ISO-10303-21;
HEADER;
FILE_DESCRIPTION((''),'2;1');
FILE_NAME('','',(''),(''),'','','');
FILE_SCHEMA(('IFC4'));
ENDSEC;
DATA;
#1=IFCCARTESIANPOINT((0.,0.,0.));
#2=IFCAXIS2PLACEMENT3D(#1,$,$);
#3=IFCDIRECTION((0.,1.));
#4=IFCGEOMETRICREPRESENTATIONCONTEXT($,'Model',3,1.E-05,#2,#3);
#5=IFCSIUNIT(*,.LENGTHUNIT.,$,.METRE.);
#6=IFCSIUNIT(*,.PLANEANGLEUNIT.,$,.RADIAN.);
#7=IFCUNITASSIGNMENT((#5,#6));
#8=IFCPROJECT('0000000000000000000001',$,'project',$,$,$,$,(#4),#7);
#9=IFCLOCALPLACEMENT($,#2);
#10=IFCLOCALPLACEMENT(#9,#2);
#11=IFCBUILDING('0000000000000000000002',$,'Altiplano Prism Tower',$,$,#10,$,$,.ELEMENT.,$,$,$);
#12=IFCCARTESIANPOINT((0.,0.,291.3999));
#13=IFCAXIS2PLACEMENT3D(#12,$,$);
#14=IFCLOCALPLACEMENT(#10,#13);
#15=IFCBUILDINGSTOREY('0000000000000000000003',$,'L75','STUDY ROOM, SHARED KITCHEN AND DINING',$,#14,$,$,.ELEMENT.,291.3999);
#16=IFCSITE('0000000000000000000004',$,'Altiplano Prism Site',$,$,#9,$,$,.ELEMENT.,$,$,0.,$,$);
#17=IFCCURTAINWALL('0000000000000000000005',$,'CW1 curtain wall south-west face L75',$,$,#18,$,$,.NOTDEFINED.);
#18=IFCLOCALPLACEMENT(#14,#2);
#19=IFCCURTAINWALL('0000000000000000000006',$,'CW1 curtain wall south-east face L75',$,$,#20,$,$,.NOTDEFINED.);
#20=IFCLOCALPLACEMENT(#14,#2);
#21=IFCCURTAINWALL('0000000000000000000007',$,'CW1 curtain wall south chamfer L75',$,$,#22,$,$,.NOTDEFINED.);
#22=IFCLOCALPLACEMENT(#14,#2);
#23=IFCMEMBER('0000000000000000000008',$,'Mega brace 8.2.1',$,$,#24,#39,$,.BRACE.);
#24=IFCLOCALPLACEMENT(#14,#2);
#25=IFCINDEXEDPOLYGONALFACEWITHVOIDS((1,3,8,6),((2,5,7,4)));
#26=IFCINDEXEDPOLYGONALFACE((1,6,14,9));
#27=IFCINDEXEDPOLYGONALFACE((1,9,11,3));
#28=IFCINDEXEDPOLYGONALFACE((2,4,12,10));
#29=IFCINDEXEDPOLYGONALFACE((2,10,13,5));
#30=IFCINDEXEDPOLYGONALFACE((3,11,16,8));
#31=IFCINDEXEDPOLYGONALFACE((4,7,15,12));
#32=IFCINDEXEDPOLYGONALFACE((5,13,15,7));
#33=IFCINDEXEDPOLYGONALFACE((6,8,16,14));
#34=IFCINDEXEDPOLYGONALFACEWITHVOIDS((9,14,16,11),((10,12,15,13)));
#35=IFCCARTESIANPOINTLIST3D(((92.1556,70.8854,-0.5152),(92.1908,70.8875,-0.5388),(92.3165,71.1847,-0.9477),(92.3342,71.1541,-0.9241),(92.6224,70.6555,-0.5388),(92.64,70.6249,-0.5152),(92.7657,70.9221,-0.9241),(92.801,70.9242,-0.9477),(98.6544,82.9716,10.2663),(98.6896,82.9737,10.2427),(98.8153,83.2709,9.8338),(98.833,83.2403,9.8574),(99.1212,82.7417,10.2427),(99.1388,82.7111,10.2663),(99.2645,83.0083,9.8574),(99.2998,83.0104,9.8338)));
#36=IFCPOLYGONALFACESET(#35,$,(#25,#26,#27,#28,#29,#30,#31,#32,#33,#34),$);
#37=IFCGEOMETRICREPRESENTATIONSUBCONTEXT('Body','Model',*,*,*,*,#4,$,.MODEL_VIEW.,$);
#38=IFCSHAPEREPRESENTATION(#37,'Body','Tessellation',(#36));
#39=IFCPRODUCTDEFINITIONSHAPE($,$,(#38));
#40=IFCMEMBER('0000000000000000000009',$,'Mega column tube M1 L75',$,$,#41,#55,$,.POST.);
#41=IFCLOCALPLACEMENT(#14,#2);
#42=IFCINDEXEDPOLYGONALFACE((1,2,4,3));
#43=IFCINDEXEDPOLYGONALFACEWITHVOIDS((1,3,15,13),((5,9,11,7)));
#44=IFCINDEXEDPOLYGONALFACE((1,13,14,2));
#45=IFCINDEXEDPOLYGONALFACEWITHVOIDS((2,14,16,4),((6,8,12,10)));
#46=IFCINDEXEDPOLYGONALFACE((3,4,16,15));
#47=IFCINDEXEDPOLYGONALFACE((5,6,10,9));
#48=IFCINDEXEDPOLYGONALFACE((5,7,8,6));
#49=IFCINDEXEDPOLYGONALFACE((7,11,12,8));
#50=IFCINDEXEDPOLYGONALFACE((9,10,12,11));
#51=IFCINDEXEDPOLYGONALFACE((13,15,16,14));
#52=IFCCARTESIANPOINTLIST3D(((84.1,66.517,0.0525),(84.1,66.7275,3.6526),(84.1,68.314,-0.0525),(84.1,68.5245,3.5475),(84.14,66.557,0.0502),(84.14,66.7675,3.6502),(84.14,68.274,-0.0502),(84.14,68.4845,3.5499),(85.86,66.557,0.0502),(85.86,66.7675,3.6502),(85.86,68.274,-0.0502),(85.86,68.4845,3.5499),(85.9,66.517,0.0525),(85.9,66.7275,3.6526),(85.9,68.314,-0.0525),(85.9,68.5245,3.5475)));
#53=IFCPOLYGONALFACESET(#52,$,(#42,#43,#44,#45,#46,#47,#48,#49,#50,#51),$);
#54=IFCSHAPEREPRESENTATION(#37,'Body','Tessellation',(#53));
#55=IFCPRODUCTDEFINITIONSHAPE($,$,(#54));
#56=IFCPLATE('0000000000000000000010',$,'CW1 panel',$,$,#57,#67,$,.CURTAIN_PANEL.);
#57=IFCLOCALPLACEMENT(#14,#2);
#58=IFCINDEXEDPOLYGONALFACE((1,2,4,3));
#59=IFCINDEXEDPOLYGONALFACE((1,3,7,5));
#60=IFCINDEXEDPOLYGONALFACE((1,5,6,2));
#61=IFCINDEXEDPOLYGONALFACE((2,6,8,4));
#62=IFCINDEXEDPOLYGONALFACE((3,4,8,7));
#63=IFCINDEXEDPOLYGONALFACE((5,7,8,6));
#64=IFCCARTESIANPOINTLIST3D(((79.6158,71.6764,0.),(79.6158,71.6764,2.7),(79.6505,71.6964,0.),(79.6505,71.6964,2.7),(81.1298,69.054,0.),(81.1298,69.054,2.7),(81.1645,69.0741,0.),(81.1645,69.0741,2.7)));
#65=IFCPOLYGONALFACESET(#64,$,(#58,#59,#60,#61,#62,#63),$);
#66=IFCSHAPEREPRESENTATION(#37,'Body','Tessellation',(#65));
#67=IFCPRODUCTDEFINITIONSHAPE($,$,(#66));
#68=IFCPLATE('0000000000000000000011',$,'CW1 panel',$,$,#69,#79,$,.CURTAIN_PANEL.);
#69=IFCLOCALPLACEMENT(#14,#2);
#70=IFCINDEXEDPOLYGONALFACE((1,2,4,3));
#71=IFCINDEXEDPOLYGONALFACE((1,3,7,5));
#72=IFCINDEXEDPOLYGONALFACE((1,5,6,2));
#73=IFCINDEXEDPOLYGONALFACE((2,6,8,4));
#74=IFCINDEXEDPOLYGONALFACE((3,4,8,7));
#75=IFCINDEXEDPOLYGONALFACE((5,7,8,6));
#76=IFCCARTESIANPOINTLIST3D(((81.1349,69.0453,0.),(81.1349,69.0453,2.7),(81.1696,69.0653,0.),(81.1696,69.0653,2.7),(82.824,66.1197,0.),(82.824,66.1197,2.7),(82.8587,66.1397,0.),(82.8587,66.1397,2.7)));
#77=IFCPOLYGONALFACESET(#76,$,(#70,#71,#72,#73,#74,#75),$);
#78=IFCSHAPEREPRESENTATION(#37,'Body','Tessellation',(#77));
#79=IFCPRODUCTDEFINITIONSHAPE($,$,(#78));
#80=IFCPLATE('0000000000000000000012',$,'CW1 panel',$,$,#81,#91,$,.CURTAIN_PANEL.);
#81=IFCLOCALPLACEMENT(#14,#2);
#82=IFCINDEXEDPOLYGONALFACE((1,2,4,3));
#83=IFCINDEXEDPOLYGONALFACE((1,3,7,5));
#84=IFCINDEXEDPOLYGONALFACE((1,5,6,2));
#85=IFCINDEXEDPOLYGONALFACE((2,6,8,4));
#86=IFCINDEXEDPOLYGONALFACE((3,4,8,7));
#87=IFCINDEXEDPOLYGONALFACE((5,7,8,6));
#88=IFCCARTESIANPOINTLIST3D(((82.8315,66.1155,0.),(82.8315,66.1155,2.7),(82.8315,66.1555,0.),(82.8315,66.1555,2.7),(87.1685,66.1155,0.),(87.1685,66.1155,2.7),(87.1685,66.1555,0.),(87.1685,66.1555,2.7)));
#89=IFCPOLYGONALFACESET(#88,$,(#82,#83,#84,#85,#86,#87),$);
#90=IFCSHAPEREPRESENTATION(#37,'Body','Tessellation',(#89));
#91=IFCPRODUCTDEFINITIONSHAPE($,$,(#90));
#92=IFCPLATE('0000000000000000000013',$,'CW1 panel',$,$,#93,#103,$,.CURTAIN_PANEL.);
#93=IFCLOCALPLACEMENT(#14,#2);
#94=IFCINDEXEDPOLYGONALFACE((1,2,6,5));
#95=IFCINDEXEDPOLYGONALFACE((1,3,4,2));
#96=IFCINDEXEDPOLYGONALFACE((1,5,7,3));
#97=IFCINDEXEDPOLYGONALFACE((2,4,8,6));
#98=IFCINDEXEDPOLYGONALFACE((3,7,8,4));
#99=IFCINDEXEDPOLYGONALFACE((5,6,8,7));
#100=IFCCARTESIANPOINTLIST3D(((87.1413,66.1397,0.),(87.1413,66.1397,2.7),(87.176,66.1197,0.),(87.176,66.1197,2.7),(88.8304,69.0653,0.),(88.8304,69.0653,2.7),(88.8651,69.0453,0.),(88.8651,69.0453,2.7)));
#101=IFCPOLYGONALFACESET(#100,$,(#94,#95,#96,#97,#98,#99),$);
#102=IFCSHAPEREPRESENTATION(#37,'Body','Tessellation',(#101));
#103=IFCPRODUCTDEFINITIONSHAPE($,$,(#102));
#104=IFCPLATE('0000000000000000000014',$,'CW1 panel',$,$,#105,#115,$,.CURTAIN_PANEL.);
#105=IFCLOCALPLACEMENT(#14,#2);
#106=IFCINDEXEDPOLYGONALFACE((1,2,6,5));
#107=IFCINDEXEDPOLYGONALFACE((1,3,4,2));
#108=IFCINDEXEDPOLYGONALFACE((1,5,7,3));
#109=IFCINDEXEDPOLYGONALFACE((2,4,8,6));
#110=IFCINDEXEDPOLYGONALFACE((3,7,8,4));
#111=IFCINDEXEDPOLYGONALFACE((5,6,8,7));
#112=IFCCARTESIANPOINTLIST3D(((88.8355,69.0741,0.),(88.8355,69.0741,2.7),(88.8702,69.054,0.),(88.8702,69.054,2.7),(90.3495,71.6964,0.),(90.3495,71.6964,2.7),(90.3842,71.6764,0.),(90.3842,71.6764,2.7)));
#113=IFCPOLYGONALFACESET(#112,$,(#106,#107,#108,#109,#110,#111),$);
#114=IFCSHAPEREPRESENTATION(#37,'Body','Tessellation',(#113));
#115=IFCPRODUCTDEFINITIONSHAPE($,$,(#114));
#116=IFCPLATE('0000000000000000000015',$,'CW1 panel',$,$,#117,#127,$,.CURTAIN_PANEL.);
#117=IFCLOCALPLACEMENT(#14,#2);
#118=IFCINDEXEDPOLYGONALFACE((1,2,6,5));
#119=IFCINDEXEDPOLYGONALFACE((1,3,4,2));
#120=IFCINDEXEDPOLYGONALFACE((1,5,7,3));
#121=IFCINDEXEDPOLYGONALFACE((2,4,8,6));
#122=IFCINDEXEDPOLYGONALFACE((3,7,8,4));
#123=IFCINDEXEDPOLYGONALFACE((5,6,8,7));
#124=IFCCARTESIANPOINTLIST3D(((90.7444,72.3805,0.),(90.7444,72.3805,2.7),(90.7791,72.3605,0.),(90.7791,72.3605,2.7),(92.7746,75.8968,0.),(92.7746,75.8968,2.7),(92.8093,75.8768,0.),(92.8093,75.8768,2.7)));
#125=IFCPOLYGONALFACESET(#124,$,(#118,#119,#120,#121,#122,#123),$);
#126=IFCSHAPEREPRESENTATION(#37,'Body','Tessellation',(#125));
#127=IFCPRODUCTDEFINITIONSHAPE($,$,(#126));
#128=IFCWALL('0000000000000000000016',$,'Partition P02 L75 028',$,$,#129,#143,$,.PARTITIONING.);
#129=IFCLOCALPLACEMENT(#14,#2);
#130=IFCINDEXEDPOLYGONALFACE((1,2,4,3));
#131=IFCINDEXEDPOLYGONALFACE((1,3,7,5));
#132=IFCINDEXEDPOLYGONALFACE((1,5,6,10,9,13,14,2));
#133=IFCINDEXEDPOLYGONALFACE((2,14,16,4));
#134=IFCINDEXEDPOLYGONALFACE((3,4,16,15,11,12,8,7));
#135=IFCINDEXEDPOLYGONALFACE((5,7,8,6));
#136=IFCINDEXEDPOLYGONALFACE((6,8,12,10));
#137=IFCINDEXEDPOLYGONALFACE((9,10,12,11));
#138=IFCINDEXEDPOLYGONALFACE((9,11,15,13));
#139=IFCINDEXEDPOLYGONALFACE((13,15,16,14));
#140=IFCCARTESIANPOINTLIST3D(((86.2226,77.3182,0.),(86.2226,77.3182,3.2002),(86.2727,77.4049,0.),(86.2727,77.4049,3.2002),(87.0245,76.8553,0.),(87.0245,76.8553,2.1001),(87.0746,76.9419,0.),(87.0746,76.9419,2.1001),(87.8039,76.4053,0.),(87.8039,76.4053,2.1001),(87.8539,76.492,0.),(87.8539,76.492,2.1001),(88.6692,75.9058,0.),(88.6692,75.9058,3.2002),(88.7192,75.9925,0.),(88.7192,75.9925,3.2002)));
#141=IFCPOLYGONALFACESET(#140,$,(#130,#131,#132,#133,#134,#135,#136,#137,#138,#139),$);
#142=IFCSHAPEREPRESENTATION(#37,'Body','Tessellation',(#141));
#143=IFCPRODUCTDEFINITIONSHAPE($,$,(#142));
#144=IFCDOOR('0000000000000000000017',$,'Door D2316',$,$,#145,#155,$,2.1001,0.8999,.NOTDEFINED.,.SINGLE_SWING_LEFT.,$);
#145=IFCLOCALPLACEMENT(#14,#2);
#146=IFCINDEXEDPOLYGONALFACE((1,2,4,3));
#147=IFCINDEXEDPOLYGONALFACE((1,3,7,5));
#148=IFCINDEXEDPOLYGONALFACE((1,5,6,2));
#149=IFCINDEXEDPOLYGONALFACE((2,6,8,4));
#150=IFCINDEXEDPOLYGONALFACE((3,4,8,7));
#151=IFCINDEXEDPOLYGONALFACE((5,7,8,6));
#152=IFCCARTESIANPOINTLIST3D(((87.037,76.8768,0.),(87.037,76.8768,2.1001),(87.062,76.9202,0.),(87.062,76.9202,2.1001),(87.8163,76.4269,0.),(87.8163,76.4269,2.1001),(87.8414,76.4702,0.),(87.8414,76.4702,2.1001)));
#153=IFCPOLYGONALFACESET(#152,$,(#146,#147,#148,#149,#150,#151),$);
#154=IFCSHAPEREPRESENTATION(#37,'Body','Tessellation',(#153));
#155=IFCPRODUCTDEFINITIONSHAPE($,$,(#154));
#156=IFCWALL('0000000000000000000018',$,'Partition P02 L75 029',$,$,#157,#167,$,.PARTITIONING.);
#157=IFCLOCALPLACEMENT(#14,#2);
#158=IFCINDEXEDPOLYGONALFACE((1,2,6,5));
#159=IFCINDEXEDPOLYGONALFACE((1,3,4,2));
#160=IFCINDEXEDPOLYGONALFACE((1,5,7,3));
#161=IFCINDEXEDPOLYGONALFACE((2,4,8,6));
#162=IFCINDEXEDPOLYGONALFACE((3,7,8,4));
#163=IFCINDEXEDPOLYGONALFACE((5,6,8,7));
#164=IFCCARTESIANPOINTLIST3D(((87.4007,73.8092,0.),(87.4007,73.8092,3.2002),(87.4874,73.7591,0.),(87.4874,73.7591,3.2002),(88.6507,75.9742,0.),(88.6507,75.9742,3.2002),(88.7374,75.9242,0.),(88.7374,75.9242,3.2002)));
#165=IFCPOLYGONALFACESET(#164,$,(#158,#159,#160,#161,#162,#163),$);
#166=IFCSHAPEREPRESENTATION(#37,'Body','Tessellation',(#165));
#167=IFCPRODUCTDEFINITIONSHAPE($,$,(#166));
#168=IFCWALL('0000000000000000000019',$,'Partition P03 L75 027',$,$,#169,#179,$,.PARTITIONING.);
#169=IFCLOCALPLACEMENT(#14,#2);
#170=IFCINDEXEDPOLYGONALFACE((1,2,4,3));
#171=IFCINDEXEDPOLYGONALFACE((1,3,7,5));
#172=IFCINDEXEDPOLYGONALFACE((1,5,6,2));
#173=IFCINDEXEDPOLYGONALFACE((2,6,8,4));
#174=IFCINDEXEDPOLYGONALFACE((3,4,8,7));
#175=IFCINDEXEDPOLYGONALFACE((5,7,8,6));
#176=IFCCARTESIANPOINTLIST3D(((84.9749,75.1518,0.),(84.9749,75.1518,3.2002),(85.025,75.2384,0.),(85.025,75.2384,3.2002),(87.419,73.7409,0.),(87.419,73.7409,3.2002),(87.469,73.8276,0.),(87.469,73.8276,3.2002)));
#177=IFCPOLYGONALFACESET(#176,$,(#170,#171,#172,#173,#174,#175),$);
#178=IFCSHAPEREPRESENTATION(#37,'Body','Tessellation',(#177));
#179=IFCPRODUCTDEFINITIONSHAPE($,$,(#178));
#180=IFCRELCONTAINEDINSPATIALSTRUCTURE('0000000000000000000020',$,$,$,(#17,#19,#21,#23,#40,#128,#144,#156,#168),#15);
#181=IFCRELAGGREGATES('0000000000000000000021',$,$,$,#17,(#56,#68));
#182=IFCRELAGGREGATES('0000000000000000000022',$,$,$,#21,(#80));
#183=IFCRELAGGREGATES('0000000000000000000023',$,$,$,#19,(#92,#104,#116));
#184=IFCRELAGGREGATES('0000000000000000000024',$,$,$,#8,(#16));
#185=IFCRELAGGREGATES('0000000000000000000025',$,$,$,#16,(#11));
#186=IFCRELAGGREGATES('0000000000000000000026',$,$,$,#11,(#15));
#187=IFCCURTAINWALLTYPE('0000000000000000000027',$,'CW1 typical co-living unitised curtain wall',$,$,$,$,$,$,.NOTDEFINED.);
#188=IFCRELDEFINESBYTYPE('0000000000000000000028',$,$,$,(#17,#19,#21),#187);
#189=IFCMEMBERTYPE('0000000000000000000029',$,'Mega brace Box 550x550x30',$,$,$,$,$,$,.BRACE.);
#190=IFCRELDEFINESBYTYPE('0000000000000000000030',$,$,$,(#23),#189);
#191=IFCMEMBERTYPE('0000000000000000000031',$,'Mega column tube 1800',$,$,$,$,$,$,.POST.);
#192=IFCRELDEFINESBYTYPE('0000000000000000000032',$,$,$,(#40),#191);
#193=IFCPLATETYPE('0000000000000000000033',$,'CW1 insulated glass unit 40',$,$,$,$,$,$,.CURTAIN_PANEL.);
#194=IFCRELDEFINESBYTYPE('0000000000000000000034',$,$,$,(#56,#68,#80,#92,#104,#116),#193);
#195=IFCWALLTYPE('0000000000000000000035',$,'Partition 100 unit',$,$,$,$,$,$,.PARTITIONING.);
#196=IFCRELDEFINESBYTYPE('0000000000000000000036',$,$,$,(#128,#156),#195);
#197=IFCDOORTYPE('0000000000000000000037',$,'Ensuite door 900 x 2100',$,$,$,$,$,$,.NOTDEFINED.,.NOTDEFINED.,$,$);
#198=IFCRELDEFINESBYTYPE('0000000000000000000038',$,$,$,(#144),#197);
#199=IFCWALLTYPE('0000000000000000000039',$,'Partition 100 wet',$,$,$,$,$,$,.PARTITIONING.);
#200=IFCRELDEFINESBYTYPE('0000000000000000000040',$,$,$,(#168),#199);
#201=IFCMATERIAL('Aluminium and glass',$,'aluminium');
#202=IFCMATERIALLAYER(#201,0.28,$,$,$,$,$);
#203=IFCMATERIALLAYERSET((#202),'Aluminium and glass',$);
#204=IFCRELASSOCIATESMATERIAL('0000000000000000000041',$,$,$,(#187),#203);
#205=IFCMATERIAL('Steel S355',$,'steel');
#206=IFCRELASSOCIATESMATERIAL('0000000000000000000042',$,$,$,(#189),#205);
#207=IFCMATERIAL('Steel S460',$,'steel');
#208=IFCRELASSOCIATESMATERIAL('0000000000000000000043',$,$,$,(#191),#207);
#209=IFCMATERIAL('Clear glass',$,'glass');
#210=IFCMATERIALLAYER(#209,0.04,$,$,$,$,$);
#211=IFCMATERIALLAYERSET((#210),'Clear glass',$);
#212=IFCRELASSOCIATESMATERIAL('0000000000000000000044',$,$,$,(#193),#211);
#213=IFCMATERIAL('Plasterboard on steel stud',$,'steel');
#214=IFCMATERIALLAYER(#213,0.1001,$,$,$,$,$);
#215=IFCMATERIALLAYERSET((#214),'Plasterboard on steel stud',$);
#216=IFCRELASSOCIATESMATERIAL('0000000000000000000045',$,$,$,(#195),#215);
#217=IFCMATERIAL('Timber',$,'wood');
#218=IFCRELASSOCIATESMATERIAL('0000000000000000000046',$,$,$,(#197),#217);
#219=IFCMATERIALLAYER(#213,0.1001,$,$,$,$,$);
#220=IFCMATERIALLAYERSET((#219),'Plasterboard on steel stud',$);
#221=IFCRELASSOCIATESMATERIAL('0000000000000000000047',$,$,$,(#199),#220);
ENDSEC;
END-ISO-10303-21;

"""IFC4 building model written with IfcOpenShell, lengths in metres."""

from ifc_helpers import new_model, si_unit, direction, frame, frame_2d, origin, origin_2d, place, context, subcontext, project, spatial, rectangle, hollow_rectangle, extrude, material, layer, layer_set, material_profile, profile_set, type_object, element, fill, aggregate, save


model = new_model("IFC4")

# Units and contexts
model_context = context("Model", 3, precision=1e-05, world=origin(), true_north=direction((0.0, 1.0)))
body_context = subcontext(model_context, "Body", "Model", "MODEL_VIEW")
ifc_project = project(units=[si_unit("LENGTHUNIT", "METRE"), si_unit("PLANEANGLEUNIT", "RADIAN")], contexts=[model_context])

# Site, building, storey
site_placement = place(None, origin())
site = spatial("IfcSite", under=ifc_project, at=site_placement, Name="Altiplano Prism Site", CompositionType="ELEMENT", RefElevation=0.0)
building_placement = place(site_placement, origin())
building = spatial("IfcBuilding", under=site, at=building_placement, Name="Altiplano Prism Tower", CompositionType="ELEMENT")
storey_placement = place(building_placement, frame((0.0, 0.0, 291.3999)))
storey = spatial("IfcBuildingStorey", under=building, at=storey_placement, Name="L75", Description="STUDY ROOM, SHARED KITCHEN AND DINING", CompositionType="ELEMENT", Elevation=291.3999)

# Curtain wall
ifc_material_1 = material(Name="Aluminium and glass", Category="aluminium")
ifc_layer_1 = layer(ifc_material_1, 0.28)
ifc_layer_set_1 = layer_set([ifc_layer_1], Name="Aluminium and glass")
curtain_wall_type = type_object("IfcCurtainWallType", Name="CW1 typical co-living unitised curtain wall", PredefinedType="NOTDEFINED", material=ifc_layer_set_1)
curtain_wall_1_placement = place(storey_placement, origin())
curtain_wall_1 = element("IfcCurtainWall", 1, at=curtain_wall_1_placement, inside=storey, type_object=curtain_wall_type, Name="CW1 curtain wall south-west face L75", PredefinedType="NOTDEFINED")

# Curtain wall
curtain_wall_2_placement = place(storey_placement, origin())
curtain_wall_2 = element("IfcCurtainWall", 2, at=curtain_wall_2_placement, inside=storey, type_object=curtain_wall_type, Name="CW1 curtain wall south-east face L75", PredefinedType="NOTDEFINED")

# Curtain wall
curtain_wall_3_placement = place(storey_placement, origin())
curtain_wall_3 = element("IfcCurtainWall", 3, at=curtain_wall_3_placement, inside=storey, type_object=curtain_wall_type, Name="CW1 curtain wall south chamfer L75", PredefinedType="NOTDEFINED")

# Members
ifc_material_2 = material(Name="Steel S355", Category="steel")
ifc_material_profile_1 = material_profile(ifc_material_2, hollow_rectangle(XDim=0.55, YDim=0.55, WallThickness=0.03, at=origin_2d()), Name="Mega brace Box 550x550x30")
ifc_profile_set_1 = profile_set([ifc_material_profile_1], Name="Steel S355")
member_type_1 = type_object("IfcMemberType", Name="Mega brace Box 550x550x30", PredefinedType="BRACE", material=ifc_profile_set_1)
member_1_placement = place(storey_placement, frame((92.4783, 70.9048, -0.7314), z_axis=(0.372394, 0.692563, 0.617802), x_axis=(-0.88075, 0.473582, 0.0)))
element("IfcMember", 4, at=member_1_placement, inside=storey, type_object=member_type_1, Name="Mega brace 8.2.1", PredefinedType="BRACE", context=body_context, shape_type="SweptSolid", body=[
    extrude(hollow_rectangle(XDim=0.55, YDim=0.55, WallThickness=0.03, at=origin_2d()), origin(), (0.0, 0.0, 1.0), 17.4514),
])
ifc_material_3 = material(Name="Steel S460", Category="steel")
ifc_material_profile_2 = material_profile(ifc_material_3, hollow_rectangle(XDim=1.8, YDim=1.8, WallThickness=0.04, at=origin_2d()), Name="Mega column tube 1800")
ifc_profile_set_2 = profile_set([ifc_material_profile_2], Name="Steel S460")
member_type_2 = type_object("IfcMemberType", Name="Mega column tube 1800", PredefinedType="POST", material=ifc_profile_set_2)
member_2_placement = place(storey_placement, frame((85.0, 67.4155, 0.0), z_axis=(0.0, 0.058357, 0.998296), x_axis=(-1.0, 0.0, 0.0)))
element("IfcMember", 5, at=member_2_placement, inside=storey, type_object=member_type_2, Name="Mega column tube M1 L75", PredefinedType="POST", context=body_context, shape_type="SweptSolid", body=[
    extrude(hollow_rectangle(XDim=1.8, YDim=1.8, WallThickness=0.04, at=origin_2d()), origin(), (0.0, 0.0, 1.0), 3.6062),
])

# Plates
ifc_material_4 = material(Name="Clear glass", Category="glass")
ifc_layer_2 = layer(ifc_material_4, 0.04)
ifc_layer_set_2 = layer_set([ifc_layer_2], Name="Clear glass")
plate_type = type_object("IfcPlateType", Name="CW1 insulated glass unit 40", PredefinedType="CURTAIN_PANEL", material=ifc_layer_set_2)
plate_1_placement = place(storey_placement, frame((80.3901, 70.3752, 0.0), z_axis=(0.0, 0.0, 1.0), x_axis=(0.5, -0.866025, 0.0)))
plate_1 = element("IfcPlate", 6, at=plate_1_placement, type_object=plate_type, Name="CW1 panel", PredefinedType="CURTAIN_PANEL", context=body_context, shape_type="SweptSolid", body=[
    extrude(rectangle(XDim=3.0281, YDim=0.04, at=origin_2d()), origin(), (0.0, 0.0, 1.0), 2.7),
])
plate_2_placement = place(storey_placement, frame((81.9968, 67.5925, 0.0), z_axis=(0.0, 0.0, 1.0), x_axis=(0.5, -0.866025, 0.0)))
plate_2 = element("IfcPlate", 7, at=plate_2_placement, type_object=plate_type, Name="CW1 panel", PredefinedType="CURTAIN_PANEL", context=body_context, shape_type="SweptSolid", body=[
    extrude(rectangle(XDim=3.3782, YDim=0.04, at=origin_2d()), origin(), (0.0, 0.0, 1.0), 2.7),
])
aggregate(curtain_wall_1, [plate_1, plate_2])
plate_3_placement = place(storey_placement, frame((85.0, 66.1355, 0.0), z_axis=(0.0, 0.0, 1.0), x_axis=(1.0, 0.0, 0.0)))
plate_3 = element("IfcPlate", 8, at=plate_3_placement, type_object=plate_type, Name="CW1 panel", PredefinedType="CURTAIN_PANEL", context=body_context, shape_type="SweptSolid", body=[
    extrude(rectangle(XDim=4.3369, YDim=0.04, at=origin_2d()), origin(), (0.0, 0.0, 1.0), 2.7),
])
aggregate(curtain_wall_3, [plate_3])
plate_4_placement = place(storey_placement, frame((88.0032, 67.5925, 0.0), z_axis=(0.0, 0.0, 1.0), x_axis=(0.5, 0.866025, 0.0)))
plate_4 = element("IfcPlate", 9, at=plate_4_placement, type_object=plate_type, Name="CW1 panel", PredefinedType="CURTAIN_PANEL", context=body_context, shape_type="SweptSolid", body=[
    extrude(rectangle(XDim=3.3782, YDim=0.04, at=origin_2d()), origin(), (0.0, 0.0, 1.0), 2.7),
])
plate_5_placement = place(storey_placement, frame((89.6099, 70.3752, 0.0), z_axis=(0.0, 0.0, 1.0), x_axis=(0.5, 0.866025, 0.0)))
plate_5 = element("IfcPlate", 10, at=plate_5_placement, type_object=plate_type, Name="CW1 panel", PredefinedType="CURTAIN_PANEL", context=body_context, shape_type="SweptSolid", body=[
    extrude(rectangle(XDim=3.0281, YDim=0.04, at=origin_2d()), origin(), (0.0, 0.0, 1.0), 2.7),
])
plate_6_placement = place(storey_placement, frame((91.7769, 74.1287, 0.0), z_axis=(0.0, 0.0, 1.0), x_axis=(0.5, 0.866025, 0.0)))
plate_6 = element("IfcPlate", 11, at=plate_6_placement, type_object=plate_type, Name="CW1 panel", PredefinedType="CURTAIN_PANEL", context=body_context, shape_type="SweptSolid", body=[
    extrude(rectangle(XDim=4.0603, YDim=0.04, at=origin_2d()), origin(), (0.0, 0.0, 1.0), 2.7),
])
aggregate(curtain_wall_2, [plate_4, plate_5, plate_6])

# Wall, opening, door
ifc_material_5 = material(Name="Plasterboard on steel stud", Category="steel")
ifc_layer_3 = layer(ifc_material_5, 0.1001)
ifc_layer_set_3 = layer_set([ifc_layer_3], Name="Plasterboard on steel stud")
wall_type_1 = type_object("IfcWallType", Name="Partition 100 unit", PredefinedType="PARTITIONING", material=ifc_layer_set_3)
wall_1_placement = place(storey_placement, frame((86.2476, 77.3616, 0.0), z_axis=(0.0, 0.0, 1.0), x_axis=(0.866049, -0.499959, 0.0)))
wall_1 = element("IfcWall", 12, at=wall_1_placement, inside=storey, type_object=wall_type_1, Name="Partition P02 L75 028", PredefinedType="PARTITIONING", context=body_context, shape_type="SweptSolid", body=[
    extrude(rectangle(XDim=2.825, YDim=0.1001, at=frame_2d((1.4126, 0.0))), origin(), (0.0, 0.0, 1.0), 3.2002),
])
opening_1_placement = place(wall_1_placement, frame((0.926, 0.0, 0.0)))
opening_1 = element("IfcOpeningElement", 13, at=opening_1_placement, cuts=wall_1, PredefinedType="OPENING", context=body_context, shape_type="SweptSolid", body=[
    extrude(rectangle(XDim=0.8999, YDim=2.1001, at=frame_2d((0.45, 1.05))), frame((0.0, 0.0605, 0.0), z_axis=(0.0, -1.0, 0.0), x_axis=(1.0, 0.0, 0.0)), (0.0, 0.0, 1.0), 0.1211),
])
ifc_material_6 = material(Name="Timber", Category="wood")
door_type_1 = type_object("IfcDoorType", Name="Ensuite door 900 x 2100", OperationType="NOTDEFINED", PredefinedType="NOTDEFINED", material=ifc_material_6)
door_1_placement = place(opening_1_placement, origin())
door_1 = element("IfcDoor", 14, at=door_1_placement, inside=storey, type_object=door_type_1, Name="Door D2316", OperationType="SINGLE_SWING_LEFT", OverallHeight=2.1001, OverallWidth=0.8999, PredefinedType="NOTDEFINED", context=body_context, shape_type="SweptSolid", body=[
    extrude(rectangle(XDim=0.8999, YDim=2.1001, at=frame_2d((0.45, 1.05))), frame((0.0, 0.0249, 0.0), z_axis=(0.0, -1.0, 0.0), x_axis=(1.0, 0.0, 0.0)), (0.0, 0.0, 1.0), 0.05),
])
fill(opening_1, door_1)

# Walls
wall_2_placement = place(storey_placement, frame((88.6941, 75.9492, 0.0), z_axis=(0.0, 0.0, 1.0), x_axis=(-0.500004, -0.866023, 0.0)))
element("IfcWall", 15, at=wall_2_placement, inside=storey, type_object=wall_type_1, Name="Partition P02 L75 029", PredefinedType="PARTITIONING", context=body_context, shape_type="SweptSolid", body=[
    extrude(rectangle(XDim=2.5, YDim=0.1001, at=frame_2d((1.25, 0.0))), origin(), (0.0, 0.0, 1.0), 3.2002),
])
ifc_layer_4 = layer(ifc_material_5, 0.1001)
ifc_layer_set_4 = layer_set([ifc_layer_4], Name="Plasterboard on steel stud")
wall_type_2 = type_object("IfcWallType", Name="Partition 100 wet", PredefinedType="PARTITIONING", material=ifc_layer_set_4)
wall_3_placement = place(storey_placement, frame((87.4441, 73.7842, 0.0), z_axis=(0.0, 0.0, 1.0), x_axis=(-0.866057, 0.499945, 0.0)))
element("IfcWall", 16, at=wall_3_placement, inside=storey, type_object=wall_type_2, Name="Partition P03 L75 027", PredefinedType="PARTITIONING", context=body_context, shape_type="SweptSolid", body=[
    extrude(rectangle(XDim=2.822, YDim=0.1001, at=frame_2d((1.4111, 0.0))), origin(), (0.0, 0.0, 1.0), 3.2002),
])

save(model, "model.ifc")
